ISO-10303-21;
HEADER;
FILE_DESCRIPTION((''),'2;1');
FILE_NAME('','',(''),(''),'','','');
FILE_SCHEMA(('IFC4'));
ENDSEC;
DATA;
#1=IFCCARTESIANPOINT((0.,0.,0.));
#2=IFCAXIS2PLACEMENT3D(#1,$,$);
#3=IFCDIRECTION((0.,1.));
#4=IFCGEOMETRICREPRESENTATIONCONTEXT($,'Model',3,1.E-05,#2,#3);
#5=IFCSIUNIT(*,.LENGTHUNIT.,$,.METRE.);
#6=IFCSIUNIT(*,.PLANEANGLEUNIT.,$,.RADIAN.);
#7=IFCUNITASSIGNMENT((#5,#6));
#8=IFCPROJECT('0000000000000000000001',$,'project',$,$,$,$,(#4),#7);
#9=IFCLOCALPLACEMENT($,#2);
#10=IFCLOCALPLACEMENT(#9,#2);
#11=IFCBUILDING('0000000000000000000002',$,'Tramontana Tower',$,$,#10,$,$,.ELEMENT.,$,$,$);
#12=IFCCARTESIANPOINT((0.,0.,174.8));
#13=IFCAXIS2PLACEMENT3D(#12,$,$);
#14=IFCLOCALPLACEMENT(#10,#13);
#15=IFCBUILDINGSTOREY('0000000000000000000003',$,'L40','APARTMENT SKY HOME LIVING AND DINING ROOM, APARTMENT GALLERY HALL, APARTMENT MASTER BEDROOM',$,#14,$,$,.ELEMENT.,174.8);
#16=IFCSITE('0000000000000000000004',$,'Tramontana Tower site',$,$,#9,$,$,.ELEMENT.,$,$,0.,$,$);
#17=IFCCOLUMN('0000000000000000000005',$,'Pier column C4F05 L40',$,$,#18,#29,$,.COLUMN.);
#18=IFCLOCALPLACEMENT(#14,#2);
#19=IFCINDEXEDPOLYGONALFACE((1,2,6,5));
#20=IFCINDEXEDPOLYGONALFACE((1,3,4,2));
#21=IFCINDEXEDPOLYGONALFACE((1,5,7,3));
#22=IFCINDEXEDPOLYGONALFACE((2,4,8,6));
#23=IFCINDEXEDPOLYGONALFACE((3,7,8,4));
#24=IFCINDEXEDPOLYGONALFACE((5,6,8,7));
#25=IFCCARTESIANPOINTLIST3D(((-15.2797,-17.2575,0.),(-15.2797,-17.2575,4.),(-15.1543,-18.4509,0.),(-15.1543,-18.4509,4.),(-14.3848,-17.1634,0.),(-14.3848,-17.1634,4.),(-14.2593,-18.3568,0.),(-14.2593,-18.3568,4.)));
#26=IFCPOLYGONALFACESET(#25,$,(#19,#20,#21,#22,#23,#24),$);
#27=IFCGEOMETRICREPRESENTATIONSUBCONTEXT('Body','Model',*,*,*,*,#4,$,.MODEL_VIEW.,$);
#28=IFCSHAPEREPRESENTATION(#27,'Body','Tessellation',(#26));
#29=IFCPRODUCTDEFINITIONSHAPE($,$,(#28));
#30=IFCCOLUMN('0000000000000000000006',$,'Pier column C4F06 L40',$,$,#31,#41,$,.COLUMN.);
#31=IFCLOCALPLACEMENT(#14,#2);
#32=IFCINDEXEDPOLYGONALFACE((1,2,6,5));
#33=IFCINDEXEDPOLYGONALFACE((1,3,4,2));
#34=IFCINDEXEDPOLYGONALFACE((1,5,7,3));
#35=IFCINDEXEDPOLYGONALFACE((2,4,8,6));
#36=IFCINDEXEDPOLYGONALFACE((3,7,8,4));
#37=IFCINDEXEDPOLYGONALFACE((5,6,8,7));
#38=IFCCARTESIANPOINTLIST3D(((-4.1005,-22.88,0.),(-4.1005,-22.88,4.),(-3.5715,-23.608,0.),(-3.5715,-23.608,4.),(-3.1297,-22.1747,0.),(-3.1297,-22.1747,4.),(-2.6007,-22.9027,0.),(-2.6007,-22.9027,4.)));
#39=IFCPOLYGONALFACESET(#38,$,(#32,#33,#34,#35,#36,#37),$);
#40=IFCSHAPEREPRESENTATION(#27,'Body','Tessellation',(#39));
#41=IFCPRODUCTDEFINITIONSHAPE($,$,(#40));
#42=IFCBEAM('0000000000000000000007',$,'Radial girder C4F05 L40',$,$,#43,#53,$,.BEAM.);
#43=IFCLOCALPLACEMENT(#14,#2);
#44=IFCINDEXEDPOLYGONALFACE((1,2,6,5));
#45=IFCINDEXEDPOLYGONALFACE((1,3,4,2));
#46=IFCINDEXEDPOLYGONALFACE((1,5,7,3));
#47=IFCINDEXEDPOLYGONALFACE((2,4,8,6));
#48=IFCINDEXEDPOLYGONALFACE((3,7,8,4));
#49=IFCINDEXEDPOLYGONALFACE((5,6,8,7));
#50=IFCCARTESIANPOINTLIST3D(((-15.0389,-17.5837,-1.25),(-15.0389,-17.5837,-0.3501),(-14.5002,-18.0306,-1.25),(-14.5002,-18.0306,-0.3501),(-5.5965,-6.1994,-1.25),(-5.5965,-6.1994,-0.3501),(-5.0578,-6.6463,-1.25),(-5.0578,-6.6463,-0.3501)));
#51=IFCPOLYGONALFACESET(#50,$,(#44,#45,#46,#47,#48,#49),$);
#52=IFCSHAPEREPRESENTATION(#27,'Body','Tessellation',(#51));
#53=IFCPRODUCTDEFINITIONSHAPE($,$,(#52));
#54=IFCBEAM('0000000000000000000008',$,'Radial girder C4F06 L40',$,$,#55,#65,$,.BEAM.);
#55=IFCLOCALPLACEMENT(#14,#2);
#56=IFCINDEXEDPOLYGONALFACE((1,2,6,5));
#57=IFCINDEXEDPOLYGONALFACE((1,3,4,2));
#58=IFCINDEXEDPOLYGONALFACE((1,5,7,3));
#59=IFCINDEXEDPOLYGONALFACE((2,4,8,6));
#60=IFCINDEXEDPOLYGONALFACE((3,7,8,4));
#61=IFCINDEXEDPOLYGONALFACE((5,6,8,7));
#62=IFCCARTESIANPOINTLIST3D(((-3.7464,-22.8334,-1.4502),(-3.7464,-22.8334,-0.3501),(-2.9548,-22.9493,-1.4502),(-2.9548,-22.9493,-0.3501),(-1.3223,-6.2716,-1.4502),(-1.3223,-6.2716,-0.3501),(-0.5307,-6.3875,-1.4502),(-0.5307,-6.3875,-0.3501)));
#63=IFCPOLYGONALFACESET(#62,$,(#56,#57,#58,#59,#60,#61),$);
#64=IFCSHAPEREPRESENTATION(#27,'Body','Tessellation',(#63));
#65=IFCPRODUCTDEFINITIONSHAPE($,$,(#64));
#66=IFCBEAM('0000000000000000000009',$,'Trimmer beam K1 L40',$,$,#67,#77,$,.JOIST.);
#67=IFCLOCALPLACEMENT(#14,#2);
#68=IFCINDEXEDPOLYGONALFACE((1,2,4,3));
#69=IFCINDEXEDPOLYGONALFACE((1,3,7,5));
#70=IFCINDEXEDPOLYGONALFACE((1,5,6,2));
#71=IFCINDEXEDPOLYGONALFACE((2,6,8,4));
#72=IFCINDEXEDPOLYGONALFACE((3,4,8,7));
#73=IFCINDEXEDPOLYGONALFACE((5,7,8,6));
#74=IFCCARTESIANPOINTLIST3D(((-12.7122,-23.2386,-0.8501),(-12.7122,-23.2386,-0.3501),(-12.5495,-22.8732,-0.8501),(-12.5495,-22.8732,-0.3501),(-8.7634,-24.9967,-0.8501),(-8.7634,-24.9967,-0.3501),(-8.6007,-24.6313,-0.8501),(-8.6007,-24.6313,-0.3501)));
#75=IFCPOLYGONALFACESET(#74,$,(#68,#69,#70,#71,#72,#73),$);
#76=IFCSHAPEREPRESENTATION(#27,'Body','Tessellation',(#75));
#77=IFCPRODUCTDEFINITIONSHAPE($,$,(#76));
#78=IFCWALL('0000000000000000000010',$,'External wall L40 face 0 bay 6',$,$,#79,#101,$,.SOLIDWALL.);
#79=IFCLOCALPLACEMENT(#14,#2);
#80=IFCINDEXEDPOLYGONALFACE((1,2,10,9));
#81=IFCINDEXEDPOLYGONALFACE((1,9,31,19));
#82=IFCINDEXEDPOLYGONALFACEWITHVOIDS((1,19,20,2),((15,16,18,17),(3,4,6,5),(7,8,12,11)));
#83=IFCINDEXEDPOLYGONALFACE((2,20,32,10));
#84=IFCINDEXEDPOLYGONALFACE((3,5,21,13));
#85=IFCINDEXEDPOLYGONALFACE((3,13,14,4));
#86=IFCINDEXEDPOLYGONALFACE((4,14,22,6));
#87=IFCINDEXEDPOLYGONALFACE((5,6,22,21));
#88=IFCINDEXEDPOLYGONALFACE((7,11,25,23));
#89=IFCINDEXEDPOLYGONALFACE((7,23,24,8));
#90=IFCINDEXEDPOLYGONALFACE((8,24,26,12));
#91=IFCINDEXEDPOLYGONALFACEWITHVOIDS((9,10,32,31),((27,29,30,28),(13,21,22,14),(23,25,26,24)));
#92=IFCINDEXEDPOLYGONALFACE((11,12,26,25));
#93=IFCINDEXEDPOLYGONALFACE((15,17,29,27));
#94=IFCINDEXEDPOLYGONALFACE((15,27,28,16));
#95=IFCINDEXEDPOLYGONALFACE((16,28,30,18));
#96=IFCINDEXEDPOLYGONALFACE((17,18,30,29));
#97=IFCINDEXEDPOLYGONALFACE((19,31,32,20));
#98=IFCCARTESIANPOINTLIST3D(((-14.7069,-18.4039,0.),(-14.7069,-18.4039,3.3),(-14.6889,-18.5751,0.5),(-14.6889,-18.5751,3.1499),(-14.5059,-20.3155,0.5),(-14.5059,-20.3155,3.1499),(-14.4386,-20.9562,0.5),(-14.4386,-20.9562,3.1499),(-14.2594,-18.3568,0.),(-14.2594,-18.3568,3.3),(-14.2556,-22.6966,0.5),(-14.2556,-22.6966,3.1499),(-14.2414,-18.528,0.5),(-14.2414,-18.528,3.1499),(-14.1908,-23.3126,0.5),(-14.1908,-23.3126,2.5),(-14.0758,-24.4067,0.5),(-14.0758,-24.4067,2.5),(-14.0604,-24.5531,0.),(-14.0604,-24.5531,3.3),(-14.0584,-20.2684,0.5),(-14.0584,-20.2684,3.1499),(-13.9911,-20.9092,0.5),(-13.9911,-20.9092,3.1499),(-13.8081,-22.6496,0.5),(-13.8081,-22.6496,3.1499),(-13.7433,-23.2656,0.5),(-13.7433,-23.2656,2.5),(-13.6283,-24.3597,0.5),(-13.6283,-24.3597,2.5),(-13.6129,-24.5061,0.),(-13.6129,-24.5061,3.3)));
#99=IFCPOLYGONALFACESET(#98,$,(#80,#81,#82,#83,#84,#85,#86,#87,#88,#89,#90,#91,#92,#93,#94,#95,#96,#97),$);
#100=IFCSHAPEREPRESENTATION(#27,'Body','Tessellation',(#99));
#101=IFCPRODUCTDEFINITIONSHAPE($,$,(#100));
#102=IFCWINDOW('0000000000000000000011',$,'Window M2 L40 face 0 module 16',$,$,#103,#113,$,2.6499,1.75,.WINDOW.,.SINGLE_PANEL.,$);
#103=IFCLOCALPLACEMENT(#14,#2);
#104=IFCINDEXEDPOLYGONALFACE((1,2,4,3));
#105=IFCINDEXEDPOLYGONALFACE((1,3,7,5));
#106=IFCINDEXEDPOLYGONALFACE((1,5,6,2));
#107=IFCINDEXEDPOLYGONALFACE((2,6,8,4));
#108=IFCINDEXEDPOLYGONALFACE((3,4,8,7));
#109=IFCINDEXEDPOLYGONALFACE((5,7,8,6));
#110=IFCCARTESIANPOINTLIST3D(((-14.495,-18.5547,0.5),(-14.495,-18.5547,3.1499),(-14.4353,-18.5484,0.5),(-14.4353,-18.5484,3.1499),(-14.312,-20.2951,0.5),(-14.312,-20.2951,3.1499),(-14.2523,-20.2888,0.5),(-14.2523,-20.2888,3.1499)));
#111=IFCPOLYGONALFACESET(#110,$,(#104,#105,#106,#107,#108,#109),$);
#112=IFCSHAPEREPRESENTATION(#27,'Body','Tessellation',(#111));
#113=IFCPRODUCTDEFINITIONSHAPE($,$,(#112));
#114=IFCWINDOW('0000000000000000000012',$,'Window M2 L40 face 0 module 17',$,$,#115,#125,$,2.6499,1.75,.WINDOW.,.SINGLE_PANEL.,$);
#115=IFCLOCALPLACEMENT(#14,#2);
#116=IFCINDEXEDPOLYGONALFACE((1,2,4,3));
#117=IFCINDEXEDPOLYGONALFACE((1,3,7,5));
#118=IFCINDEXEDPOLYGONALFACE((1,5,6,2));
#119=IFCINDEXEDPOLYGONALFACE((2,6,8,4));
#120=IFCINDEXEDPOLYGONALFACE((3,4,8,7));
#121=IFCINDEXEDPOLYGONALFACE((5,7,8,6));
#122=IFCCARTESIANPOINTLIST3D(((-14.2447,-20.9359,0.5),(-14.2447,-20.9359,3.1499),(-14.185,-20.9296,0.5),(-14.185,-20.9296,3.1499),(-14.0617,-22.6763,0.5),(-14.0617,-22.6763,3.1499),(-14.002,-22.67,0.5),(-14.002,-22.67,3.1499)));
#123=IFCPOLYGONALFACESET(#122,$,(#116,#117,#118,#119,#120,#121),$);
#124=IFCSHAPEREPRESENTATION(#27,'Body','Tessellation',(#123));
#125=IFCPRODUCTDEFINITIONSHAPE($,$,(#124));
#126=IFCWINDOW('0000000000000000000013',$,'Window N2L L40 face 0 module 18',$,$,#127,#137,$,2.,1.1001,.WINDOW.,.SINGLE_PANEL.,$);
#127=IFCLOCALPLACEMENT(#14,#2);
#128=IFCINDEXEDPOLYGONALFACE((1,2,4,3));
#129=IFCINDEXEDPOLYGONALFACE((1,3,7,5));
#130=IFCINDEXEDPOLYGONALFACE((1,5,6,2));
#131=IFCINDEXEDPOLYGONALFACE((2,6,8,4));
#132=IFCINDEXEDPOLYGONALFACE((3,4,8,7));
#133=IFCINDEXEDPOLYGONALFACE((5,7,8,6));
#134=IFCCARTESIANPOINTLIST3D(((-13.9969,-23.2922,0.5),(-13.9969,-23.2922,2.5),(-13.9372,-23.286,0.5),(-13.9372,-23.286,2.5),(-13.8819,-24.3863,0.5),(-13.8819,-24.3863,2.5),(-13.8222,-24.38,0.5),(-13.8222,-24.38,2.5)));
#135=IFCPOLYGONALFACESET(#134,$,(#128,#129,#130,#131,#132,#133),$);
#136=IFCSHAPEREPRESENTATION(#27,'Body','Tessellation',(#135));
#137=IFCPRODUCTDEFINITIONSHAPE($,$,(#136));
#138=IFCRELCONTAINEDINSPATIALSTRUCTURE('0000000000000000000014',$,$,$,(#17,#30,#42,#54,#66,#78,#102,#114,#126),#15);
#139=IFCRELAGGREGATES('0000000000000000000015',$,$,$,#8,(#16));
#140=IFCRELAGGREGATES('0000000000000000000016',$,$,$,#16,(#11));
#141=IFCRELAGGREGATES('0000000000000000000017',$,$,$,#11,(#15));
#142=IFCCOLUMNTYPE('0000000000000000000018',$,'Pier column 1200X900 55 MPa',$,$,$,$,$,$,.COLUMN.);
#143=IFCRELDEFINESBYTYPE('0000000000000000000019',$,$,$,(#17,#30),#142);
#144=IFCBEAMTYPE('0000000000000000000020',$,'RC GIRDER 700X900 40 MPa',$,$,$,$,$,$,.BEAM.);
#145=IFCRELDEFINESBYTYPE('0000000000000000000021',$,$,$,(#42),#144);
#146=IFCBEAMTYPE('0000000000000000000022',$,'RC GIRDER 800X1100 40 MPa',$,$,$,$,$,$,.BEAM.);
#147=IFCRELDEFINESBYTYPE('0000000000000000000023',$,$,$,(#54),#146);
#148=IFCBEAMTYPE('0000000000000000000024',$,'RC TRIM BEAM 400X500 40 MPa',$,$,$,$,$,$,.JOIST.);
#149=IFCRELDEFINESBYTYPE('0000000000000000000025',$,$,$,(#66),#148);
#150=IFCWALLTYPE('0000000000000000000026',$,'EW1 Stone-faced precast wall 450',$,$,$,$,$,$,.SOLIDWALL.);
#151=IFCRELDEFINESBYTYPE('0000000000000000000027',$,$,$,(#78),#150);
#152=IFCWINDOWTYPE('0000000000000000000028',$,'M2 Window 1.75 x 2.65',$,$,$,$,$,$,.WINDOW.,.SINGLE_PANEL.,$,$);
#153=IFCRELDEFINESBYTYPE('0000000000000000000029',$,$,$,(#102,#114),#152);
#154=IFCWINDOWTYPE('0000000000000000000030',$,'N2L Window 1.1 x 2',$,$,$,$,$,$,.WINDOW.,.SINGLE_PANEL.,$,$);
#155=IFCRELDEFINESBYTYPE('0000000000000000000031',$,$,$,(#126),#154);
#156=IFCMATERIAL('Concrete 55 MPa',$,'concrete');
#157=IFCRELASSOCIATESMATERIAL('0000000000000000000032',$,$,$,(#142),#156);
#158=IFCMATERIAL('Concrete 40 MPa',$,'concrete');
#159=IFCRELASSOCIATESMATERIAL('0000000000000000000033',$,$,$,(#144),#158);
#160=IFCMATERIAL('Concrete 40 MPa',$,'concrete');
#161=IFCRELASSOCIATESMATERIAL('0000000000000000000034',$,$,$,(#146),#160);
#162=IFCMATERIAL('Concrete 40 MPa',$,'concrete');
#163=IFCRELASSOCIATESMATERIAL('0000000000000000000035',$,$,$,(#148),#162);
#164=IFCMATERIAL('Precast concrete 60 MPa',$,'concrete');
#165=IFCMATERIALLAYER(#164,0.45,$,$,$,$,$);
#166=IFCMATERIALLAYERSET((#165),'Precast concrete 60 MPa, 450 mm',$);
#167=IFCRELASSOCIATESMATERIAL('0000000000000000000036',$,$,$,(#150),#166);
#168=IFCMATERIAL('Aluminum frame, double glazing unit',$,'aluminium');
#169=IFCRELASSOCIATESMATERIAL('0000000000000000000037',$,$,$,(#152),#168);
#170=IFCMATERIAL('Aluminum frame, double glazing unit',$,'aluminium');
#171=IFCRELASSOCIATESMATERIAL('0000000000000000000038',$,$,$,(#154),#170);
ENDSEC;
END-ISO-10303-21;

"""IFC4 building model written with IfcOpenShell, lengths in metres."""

from ifc_helpers import new_model, si_unit, direction, frame, frame_2d, origin, origin_2d, place, context, subcontext, project, spatial, rectangle, extrude, material, layer, layer_set, material_profile, profile_set, type_object, element, fill, save


model = new_model("IFC4")

# Units and contexts
model_context = context("Model", 3, precision=1e-05, world=origin(), true_north=direction((0.0, 1.0)))
body_context = subcontext(model_context, "Body", "Model", "MODEL_VIEW")
ifc_project = project(units=[si_unit("LENGTHUNIT", "METRE"), si_unit("PLANEANGLEUNIT", "RADIAN")], contexts=[model_context])

# Site, building, storey
site_placement = place(None, origin())
site = spatial("IfcSite", under=ifc_project, at=site_placement, Name="Tramontana Tower site", CompositionType="ELEMENT", RefElevation=0.0)
building_placement = place(site_placement, origin())
building = spatial("IfcBuilding", under=site, at=building_placement, Name="Tramontana Tower", CompositionType="ELEMENT")
storey_placement = place(building_placement, frame((0.0, 0.0, 174.8)))
storey = spatial("IfcBuildingStorey", under=building, at=storey_placement, Name="L40", Description="APARTMENT SKY HOME LIVING AND DINING ROOM, APARTMENT GALLERY HALL, APARTMENT MASTER BEDROOM", CompositionType="ELEMENT", Elevation=174.8)

# Columns
ifc_material_1 = material(Name="Concrete 55 MPa", Category="concrete")
ifc_material_profile_1 = material_profile(ifc_material_1, rectangle(XDim=1.2, YDim=0.8999, at=origin_2d()), Name="Pier column 1200X900 55 MPa")
ifc_profile_set_1 = profile_set([ifc_material_profile_1], Name="Concrete 55 MPa")
column_type = type_object("IfcColumnType", Name="Pier column 1200X900 55 MPa", PredefinedType="COLUMN", material=ifc_profile_set_1)
for number, where, z_axis, x_axis, name in (
    (1, (-14.7695, -17.8071, 0.0), (0.0, 0.0, 1.0), (0.104528, -0.994522, 0.0), "Pier column C4F05 L40"),
    (2, (-3.3506, -22.8914, 0.0), (0.0, 0.0, 1.0), (0.809017, 0.587785, 0.0), "Pier column C4F06 L40"),
):
    element("IfcColumn", number, at=place(storey_placement, frame(where, z_axis=z_axis, x_axis=x_axis)), inside=storey, type_object=column_type, Name=name, PredefinedType="COLUMN", context=body_context, shape_type="SweptSolid", body=[
        extrude(rectangle(XDim=1.2, YDim=0.8999, at=origin_2d()), origin(), (0.0, 0.0, 1.0), 4.0),
    ])

# Beams
ifc_material_2 = material(Name="Concrete 40 MPa", Category="concrete")
ifc_material_profile_2 = material_profile(ifc_material_2, rectangle(XDim=0.7, YDim=0.8999, at=origin_2d()), Name="RC GIRDER 700X900 40 MPa")
ifc_profile_set_2 = profile_set([ifc_material_profile_2], Name="Concrete 40 MPa")
beam_type_1 = type_object("IfcBeamType", Name="RC GIRDER 700X900 40 MPa", PredefinedType="BEAM", material=ifc_profile_set_2)
beam_1_placement = place(storey_placement, frame((-14.7695, -17.8071, -0.8), z_axis=(0.638406, 0.769699, 0.0), x_axis=(-0.769699, 0.638406, 0.0)))
element("IfcBeam", 3, at=beam_1_placement, inside=storey, type_object=beam_type_1, Name="Radial girder C4F05 L40", PredefinedType="BEAM", context=body_context, shape_type="SweptSolid", body=[
    extrude(rectangle(XDim=0.7, YDim=0.8999, at=origin_2d()), origin(), (0.0, 0.0, 1.0), 14.7905),
])
ifc_material_3 = material(Name="Concrete 40 MPa", Category="concrete")
ifc_material_profile_3 = material_profile(ifc_material_3, rectangle(XDim=0.8, YDim=1.1001, at=origin_2d()), Name="RC GIRDER 800X1100 40 MPa")
ifc_profile_set_3 = profile_set([ifc_material_profile_3], Name="Concrete 40 MPa")
beam_type_2 = type_object("IfcBeamType", Name="RC GIRDER 800X1100 40 MPa", PredefinedType="BEAM", material=ifc_profile_set_3)
beam_2_placement = place(storey_placement, frame((-3.3506, -22.8914, -0.9001), z_axis=(0.144823, 0.989458, 0.0), x_axis=(-0.989458, 0.144823, 0.0)))
element("IfcBeam", 4, at=beam_2_placement, inside=storey, type_object=beam_type_2, Name="Radial girder C4F06 L40", PredefinedType="BEAM", context=body_context, shape_type="SweptSolid", body=[
    extrude(rectangle(XDim=0.8, YDim=1.1001, at=origin_2d()), origin(), (0.0, 0.0, 1.0), 16.7383),
])
ifc_material_4 = material(Name="Concrete 40 MPa", Category="concrete")
ifc_material_profile_4 = material_profile(ifc_material_4, rectangle(XDim=0.3999, YDim=0.5, at=origin_2d()), Name="RC TRIM BEAM 400X500 40 MPa")
ifc_profile_set_4 = profile_set([ifc_material_profile_4], Name="Concrete 40 MPa")
beam_type_3 = type_object("IfcBeamType", Name="RC TRIM BEAM 400X500 40 MPa", PredefinedType="JOIST", material=ifc_profile_set_4)
beam_3_placement = place(storey_placement, frame((-12.6309, -23.0559, -0.6001), z_axis=(0.913548, -0.406731, 0.0), x_axis=(0.406731, 0.913548, 0.0)))
element("IfcBeam", 5, at=beam_3_placement, inside=storey, type_object=beam_type_3, Name="Trimmer beam K1 L40", PredefinedType="JOIST", context=body_context, shape_type="SweptSolid", body=[
    extrude(rectangle(XDim=0.3999, YDim=0.5, at=origin_2d()), origin(), (0.0, 0.0, 1.0), 4.3225),
])

# Wall, openings, windows
ifc_material_5 = material(Name="Precast concrete 60 MPa", Category="concrete")
ifc_layer_1 = layer(ifc_material_5, 0.45)
ifc_layer_set_1 = layer_set([ifc_layer_1], Name="Precast concrete 60 MPa, 450 mm")
wall_type_1 = type_object("IfcWallType", Name="EW1 Stone-faced precast wall 450", PredefinedType="SOLIDWALL", material=ifc_layer_set_1)
wall_1_placement = place(storey_placement, frame((-14.4832, -18.3804, 0.0), z_axis=(0.0, 0.0, 1.0), x_axis=(0.104557, -0.994519, 0.0)))
wall_1 = element("IfcWall", 6, at=wall_1_placement, inside=storey, type_object=wall_type_1, Name="External wall L40 face 0 bay 6", PredefinedType="SOLIDWALL", context=body_context, shape_type="SweptSolid", body=[
    extrude(rectangle(XDim=6.1831, YDim=0.45, at=frame_2d((3.0916, 0.0))), origin(), (0.0, 0.0, 1.0), 3.3),
])
opening_1_placement = place(wall_1_placement, frame((0.1721, 0.0, 0.5)))
opening_1 = element("IfcOpeningElement", 7, at=opening_1_placement, cuts=wall_1, PredefinedType="OPENING", context=body_context, shape_type="SweptSolid", body=[
    extrude(rectangle(XDim=1.75, YDim=2.6499, at=frame_2d((0.875, 1.325))), frame((0.0, 0.2349, 0.0), z_axis=(0.0, -1.0, 0.0), x_axis=(1.0, 0.0, 0.0)), (0.0, 0.0, 1.0), 0.47),
])
opening_2_placement = place(wall_1_placement, frame((2.5664, 0.0, 0.5)))
opening_2 = element("IfcOpeningElement", 8, at=opening_2_placement, cuts=wall_1, PredefinedType="OPENING", context=body_context, shape_type="SweptSolid", body=[
    extrude(rectangle(XDim=1.75, YDim=2.6499, at=frame_2d((0.875, 1.325))), frame((0.0, 0.2349, 0.0), z_axis=(0.0, -1.0, 0.0), x_axis=(1.0, 0.0, 0.0)), (0.0, 0.0, 1.0), 0.47),
])
opening_3_placement = place(wall_1_placement, frame((4.9358, 0.0, 0.5)))
opening_3 = element("IfcOpeningElement", 9, at=opening_3_placement, cuts=wall_1, PredefinedType="OPENING", context=body_context, shape_type="SweptSolid", body=[
    extrude(rectangle(XDim=1.1001, YDim=2.0, at=frame_2d((0.55, 1.0))), frame((0.0, 0.2349, 0.0), z_axis=(0.0, -1.0, 0.0), x_axis=(1.0, 0.0, 0.0)), (0.0, 0.0, 1.0), 0.47),
])
ifc_material_6 = material(Name="Aluminum frame, double glazing unit", Category="aluminium")
window_type_1 = type_object("IfcWindowType", Name="M2 Window 1.75 x 2.65", PartitioningType="SINGLE_PANEL", PredefinedType="WINDOW", material=ifc_material_6)
window_1_placement = place(opening_1_placement, origin())
window_1 = element("IfcWindow", 10, at=window_1_placement, inside=storey, type_object=window_type_1, Name="Window M2 L40 face 0 module 16", OverallHeight=2.6499, OverallWidth=1.75, PartitioningType="SINGLE_PANEL", PredefinedType="WINDOW", context=body_context, shape_type="SweptSolid", body=[
    extrude(rectangle(XDim=1.75, YDim=2.6499, at=frame_2d((0.875, 1.325))), frame((0.0, 0.03, 0.0), z_axis=(0.0, -1.0, 0.0), x_axis=(1.0, 0.0, 0.0)), (0.0, 0.0, 1.0), 0.0601),
])
fill(opening_1, window_1)
window_2_placement = place(opening_2_placement, origin())
window_2 = element("IfcWindow", 11, at=window_2_placement, inside=storey, type_object=window_type_1, Name="Window M2 L40 face 0 module 17", OverallHeight=2.6499, OverallWidth=1.75, PartitioningType="SINGLE_PANEL", PredefinedType="WINDOW", context=body_context, shape_type="SweptSolid", body=[
    extrude(rectangle(XDim=1.75, YDim=2.6499, at=frame_2d((0.875, 1.325))), frame((0.0, 0.03, 0.0), z_axis=(0.0, -1.0, 0.0), x_axis=(1.0, 0.0, 0.0)), (0.0, 0.0, 1.0), 0.0601),
])
fill(opening_2, window_2)
ifc_material_7 = material(Name="Aluminum frame, double glazing unit", Category="aluminium")
window_type_2 = type_object("IfcWindowType", Name="N2L Window 1.1 x 2", PartitioningType="SINGLE_PANEL", PredefinedType="WINDOW", material=ifc_material_7)
window_3_placement = place(opening_3_placement, origin())
window_3 = element("IfcWindow", 12, at=window_3_placement, inside=storey, type_object=window_type_2, Name="Window N2L L40 face 0 module 18", OverallHeight=2.0, OverallWidth=1.1001, PartitioningType="SINGLE_PANEL", PredefinedType="WINDOW", context=body_context, shape_type="SweptSolid", body=[
    extrude(rectangle(XDim=1.1001, YDim=2.0, at=frame_2d((0.55, 1.0))), frame((0.0, 0.03, 0.0), z_axis=(0.0, -1.0, 0.0), x_axis=(1.0, 0.0, 0.0)), (0.0, 0.0, 1.0), 0.0601),
])
fill(opening_3, window_3)

save(model, "model.ifc")
